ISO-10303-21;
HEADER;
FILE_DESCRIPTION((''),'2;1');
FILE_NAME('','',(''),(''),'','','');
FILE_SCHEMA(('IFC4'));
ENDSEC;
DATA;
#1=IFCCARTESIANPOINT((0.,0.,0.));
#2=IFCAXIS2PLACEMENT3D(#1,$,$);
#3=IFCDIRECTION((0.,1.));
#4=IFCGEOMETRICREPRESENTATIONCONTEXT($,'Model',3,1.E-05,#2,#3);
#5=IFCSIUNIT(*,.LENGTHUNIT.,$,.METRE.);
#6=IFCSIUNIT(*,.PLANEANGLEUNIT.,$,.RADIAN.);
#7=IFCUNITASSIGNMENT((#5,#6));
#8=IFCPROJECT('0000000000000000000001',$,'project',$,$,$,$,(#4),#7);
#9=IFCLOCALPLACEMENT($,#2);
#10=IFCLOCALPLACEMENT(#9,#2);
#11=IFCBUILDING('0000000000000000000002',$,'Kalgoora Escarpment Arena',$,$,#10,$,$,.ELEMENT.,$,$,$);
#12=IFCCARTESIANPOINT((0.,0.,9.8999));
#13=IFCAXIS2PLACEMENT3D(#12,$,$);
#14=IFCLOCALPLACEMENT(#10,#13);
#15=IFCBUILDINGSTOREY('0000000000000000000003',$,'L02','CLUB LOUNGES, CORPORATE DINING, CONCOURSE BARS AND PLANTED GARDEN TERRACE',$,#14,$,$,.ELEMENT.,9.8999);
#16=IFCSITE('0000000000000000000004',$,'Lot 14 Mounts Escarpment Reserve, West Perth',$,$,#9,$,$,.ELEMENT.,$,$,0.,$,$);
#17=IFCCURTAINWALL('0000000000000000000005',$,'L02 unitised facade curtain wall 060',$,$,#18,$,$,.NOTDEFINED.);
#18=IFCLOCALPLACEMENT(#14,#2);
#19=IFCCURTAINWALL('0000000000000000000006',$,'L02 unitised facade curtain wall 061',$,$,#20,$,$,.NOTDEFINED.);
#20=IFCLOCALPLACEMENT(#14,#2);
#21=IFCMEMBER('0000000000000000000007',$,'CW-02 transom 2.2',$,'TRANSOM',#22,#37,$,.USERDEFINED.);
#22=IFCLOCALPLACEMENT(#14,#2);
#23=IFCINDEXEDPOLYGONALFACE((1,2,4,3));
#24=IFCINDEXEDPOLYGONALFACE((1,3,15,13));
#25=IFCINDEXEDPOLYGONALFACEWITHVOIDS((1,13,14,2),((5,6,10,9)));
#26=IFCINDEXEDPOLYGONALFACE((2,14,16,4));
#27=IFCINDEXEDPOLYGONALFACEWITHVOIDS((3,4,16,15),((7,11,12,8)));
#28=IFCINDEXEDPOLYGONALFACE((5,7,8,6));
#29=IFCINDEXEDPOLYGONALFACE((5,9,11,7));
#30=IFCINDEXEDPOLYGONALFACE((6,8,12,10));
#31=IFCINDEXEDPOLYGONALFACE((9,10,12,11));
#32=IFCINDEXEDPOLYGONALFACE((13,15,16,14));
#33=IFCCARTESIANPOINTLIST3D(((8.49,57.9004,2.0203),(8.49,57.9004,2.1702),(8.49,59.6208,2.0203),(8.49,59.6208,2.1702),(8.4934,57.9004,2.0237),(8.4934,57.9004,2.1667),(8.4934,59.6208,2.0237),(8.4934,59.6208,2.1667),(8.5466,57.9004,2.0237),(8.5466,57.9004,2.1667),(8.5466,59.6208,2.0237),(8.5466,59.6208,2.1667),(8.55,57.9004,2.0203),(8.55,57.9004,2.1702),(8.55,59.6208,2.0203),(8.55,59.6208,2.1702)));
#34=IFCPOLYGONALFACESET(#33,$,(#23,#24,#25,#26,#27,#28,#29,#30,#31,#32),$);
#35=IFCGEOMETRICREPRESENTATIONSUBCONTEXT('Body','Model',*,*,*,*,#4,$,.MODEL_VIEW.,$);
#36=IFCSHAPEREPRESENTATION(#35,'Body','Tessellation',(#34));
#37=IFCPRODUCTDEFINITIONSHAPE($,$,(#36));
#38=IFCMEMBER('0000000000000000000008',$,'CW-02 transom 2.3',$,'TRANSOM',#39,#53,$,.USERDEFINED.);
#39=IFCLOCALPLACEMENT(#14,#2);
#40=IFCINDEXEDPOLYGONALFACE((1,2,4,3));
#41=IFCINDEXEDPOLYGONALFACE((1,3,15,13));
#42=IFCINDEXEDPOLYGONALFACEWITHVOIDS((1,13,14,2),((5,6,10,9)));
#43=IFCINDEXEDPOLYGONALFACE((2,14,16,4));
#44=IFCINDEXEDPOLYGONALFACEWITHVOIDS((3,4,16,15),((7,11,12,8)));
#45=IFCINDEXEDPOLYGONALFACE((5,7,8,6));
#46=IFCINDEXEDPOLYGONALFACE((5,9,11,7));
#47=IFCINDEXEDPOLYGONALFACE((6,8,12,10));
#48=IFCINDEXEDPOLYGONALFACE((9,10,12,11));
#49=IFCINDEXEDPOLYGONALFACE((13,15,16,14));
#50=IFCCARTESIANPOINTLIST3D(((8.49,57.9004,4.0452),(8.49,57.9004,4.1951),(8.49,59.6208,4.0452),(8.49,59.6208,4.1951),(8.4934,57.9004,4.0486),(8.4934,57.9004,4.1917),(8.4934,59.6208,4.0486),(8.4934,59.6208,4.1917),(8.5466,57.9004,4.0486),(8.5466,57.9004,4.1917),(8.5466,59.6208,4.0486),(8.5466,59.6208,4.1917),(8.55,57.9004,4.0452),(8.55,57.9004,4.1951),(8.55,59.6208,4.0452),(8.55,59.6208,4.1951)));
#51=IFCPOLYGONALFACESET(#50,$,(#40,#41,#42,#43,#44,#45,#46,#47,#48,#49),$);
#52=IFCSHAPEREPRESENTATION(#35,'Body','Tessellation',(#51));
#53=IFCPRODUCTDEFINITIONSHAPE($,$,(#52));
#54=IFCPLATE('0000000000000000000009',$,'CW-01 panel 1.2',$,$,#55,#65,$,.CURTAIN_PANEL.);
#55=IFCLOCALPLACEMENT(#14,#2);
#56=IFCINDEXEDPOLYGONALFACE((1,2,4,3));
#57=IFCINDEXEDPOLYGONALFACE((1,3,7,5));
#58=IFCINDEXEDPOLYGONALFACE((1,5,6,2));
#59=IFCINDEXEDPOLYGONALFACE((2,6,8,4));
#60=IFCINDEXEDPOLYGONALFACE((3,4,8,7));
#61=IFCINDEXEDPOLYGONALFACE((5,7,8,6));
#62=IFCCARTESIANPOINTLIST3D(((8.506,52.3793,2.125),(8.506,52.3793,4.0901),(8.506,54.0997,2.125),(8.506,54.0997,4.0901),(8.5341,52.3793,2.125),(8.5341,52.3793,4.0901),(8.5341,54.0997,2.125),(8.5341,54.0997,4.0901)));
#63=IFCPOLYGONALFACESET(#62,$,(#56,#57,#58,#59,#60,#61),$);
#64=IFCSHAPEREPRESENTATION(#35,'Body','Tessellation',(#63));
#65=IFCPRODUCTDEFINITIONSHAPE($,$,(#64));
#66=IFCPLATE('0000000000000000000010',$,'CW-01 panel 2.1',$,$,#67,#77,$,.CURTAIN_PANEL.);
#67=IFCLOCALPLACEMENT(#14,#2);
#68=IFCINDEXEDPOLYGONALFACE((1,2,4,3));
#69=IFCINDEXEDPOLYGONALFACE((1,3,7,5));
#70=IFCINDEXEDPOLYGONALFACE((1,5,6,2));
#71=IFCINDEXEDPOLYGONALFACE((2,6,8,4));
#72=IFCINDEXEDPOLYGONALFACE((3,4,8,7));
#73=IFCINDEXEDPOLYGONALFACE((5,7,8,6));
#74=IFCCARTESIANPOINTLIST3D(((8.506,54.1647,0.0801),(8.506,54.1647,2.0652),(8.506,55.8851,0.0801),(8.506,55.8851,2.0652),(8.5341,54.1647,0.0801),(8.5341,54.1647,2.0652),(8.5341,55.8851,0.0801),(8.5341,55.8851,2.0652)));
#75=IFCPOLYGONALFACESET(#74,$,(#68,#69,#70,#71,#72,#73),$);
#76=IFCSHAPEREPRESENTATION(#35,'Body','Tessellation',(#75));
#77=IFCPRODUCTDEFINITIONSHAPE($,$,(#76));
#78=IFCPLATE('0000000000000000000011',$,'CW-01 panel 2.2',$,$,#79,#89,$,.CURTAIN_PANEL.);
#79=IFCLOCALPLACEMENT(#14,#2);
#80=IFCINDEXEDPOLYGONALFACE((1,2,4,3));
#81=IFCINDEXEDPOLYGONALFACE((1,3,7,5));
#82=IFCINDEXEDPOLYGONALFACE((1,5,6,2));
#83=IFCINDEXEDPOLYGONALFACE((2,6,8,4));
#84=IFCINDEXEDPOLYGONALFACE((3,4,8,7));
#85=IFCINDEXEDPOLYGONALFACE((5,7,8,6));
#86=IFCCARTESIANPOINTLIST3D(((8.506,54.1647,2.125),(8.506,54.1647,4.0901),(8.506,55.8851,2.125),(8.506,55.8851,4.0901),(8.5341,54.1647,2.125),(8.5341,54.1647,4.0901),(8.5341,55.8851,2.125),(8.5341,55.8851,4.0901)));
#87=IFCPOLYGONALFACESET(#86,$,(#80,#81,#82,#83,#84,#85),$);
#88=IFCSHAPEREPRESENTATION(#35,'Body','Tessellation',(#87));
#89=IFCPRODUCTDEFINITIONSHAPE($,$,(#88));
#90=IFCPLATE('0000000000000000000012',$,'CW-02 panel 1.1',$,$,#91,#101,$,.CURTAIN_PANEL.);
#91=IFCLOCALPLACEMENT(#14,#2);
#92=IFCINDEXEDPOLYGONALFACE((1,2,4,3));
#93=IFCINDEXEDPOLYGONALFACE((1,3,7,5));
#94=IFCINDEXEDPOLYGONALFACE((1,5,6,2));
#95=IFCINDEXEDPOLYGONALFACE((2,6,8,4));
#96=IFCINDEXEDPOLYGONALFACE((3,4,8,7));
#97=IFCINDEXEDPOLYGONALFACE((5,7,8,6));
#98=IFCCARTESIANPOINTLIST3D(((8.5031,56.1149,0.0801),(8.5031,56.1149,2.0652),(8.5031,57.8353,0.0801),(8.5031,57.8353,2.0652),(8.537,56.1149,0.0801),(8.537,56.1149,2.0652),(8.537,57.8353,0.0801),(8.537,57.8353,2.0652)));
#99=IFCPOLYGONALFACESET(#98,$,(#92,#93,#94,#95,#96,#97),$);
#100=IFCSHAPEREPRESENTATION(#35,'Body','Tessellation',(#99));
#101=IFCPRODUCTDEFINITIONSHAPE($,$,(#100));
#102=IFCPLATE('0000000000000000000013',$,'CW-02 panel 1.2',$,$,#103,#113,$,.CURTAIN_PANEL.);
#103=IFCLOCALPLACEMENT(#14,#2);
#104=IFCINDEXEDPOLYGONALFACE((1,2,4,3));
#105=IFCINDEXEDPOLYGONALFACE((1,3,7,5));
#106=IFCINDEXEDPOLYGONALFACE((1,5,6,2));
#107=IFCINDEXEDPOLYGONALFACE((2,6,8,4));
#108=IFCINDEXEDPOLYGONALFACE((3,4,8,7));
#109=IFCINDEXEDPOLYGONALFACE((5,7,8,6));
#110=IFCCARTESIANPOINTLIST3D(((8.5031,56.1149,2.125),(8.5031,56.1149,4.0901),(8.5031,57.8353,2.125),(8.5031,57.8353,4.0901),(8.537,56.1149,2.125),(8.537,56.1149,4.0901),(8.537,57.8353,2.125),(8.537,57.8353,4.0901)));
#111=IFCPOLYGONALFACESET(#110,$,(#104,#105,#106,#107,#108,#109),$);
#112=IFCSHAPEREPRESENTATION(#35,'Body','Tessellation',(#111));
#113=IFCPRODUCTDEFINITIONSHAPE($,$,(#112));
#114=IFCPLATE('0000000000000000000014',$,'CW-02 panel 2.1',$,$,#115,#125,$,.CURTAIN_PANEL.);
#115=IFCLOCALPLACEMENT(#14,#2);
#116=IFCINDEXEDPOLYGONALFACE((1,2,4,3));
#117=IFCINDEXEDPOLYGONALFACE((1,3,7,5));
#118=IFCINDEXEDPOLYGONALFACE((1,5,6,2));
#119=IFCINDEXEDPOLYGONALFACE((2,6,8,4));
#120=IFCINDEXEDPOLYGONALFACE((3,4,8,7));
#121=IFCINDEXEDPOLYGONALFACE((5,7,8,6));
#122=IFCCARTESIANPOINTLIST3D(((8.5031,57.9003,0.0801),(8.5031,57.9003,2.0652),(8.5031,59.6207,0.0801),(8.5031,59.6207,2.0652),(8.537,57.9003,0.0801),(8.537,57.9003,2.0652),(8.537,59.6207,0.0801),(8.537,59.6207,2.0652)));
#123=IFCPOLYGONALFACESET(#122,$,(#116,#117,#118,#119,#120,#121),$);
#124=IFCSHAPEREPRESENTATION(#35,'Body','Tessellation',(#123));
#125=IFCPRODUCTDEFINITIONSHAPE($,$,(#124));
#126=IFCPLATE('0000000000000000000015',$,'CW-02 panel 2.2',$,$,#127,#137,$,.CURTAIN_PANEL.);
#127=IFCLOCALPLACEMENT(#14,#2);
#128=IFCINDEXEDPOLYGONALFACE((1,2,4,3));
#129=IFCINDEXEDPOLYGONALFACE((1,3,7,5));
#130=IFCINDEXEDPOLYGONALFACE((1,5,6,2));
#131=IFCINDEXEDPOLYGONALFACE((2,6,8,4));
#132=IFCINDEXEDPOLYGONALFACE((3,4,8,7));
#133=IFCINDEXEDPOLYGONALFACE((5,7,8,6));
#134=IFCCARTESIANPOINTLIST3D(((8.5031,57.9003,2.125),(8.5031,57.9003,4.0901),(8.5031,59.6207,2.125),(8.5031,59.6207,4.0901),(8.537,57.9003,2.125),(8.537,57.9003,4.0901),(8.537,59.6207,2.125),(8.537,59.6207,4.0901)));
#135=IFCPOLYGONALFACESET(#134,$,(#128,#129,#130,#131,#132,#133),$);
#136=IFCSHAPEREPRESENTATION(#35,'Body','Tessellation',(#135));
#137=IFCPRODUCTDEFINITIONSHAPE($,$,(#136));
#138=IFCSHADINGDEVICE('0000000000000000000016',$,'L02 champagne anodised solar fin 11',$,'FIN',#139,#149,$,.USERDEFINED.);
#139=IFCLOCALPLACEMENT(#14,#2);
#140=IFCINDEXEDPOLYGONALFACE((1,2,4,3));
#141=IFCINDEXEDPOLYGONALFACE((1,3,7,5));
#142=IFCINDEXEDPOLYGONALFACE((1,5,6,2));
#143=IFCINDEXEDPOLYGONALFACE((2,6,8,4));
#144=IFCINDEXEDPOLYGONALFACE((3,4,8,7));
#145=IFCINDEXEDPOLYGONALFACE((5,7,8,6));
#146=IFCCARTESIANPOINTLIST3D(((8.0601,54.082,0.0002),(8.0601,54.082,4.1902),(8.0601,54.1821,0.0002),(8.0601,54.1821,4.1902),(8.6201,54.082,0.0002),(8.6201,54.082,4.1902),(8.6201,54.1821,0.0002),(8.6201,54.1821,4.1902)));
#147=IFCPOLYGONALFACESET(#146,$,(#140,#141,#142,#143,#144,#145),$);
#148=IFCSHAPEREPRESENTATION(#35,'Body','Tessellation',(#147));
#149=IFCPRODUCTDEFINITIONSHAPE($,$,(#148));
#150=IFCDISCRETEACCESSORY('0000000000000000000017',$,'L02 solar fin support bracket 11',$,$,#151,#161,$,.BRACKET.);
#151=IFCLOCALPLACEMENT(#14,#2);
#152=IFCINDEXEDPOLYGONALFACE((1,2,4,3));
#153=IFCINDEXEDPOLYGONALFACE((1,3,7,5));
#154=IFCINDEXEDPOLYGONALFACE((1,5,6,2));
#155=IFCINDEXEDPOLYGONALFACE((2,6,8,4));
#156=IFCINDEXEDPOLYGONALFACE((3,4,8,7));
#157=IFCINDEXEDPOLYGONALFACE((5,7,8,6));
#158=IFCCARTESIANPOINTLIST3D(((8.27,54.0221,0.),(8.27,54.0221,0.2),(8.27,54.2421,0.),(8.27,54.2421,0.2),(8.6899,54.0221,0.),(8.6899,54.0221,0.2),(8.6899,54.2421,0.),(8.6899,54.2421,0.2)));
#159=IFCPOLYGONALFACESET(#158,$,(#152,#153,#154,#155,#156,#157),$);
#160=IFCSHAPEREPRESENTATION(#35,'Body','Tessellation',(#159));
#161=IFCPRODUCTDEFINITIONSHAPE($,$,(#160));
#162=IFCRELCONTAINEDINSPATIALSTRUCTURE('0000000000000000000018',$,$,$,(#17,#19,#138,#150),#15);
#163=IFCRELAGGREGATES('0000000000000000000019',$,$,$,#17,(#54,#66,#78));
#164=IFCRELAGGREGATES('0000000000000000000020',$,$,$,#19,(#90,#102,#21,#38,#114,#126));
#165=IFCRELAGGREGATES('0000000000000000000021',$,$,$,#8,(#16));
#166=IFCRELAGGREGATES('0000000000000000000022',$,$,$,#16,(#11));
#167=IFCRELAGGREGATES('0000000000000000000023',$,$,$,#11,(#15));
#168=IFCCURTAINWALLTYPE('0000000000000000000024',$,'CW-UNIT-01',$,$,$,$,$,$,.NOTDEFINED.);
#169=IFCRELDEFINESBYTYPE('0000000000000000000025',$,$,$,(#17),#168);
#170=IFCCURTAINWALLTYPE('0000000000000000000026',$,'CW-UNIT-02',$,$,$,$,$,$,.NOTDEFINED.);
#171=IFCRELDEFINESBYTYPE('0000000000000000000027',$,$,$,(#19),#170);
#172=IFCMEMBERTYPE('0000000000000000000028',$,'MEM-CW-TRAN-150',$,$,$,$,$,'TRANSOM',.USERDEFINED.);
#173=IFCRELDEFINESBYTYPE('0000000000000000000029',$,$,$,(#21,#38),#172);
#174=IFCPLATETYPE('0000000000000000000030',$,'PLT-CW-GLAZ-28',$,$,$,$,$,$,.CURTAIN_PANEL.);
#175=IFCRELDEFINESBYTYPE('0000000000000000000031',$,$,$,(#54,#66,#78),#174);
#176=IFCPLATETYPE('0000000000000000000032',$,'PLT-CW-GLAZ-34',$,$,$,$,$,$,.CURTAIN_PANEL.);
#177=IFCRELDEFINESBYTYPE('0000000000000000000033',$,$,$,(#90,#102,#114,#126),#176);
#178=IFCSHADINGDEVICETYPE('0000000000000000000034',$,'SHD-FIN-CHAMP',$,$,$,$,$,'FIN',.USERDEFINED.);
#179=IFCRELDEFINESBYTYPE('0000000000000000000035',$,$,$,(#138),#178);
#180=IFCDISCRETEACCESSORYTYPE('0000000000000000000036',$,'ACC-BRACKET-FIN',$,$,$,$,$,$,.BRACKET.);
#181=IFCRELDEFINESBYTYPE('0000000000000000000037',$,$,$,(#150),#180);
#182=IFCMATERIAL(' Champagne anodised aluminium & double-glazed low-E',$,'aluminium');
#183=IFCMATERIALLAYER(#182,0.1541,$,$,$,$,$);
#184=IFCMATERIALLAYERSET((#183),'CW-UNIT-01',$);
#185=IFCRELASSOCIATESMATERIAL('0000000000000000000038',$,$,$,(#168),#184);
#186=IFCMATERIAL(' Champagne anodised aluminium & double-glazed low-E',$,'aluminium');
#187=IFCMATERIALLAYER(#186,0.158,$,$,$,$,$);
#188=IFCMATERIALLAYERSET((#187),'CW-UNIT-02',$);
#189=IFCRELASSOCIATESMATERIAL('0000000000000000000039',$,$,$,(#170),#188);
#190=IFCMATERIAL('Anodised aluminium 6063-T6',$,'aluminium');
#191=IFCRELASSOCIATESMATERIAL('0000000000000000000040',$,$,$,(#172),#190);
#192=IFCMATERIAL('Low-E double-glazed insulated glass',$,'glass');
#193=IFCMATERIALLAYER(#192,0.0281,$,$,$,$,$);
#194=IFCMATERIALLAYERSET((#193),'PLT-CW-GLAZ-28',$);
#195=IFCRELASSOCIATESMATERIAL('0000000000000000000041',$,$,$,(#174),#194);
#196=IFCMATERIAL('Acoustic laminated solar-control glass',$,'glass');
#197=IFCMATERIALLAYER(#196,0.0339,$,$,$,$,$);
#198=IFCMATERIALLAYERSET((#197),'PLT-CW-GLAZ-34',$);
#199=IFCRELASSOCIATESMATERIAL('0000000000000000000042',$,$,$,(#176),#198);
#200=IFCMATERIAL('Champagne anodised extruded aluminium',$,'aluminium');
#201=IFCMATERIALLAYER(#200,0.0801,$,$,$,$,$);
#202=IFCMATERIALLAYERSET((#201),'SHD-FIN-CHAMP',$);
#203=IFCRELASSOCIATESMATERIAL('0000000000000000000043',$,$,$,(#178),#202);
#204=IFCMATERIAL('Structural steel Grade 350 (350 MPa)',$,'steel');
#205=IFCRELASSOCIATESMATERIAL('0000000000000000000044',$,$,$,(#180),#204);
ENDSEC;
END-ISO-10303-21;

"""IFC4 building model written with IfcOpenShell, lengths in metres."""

from ifc_helpers import new_model, si_unit, direction, frame, origin, origin_2d, place, context, subcontext, project, spatial, rectangle, hollow_rectangle, extrude, material, layer, layer_set, material_profile, profile_set, type_object, element, aggregate, save


model = new_model("IFC4")

# Units and contexts
model_context = context("Model", 3, precision=1e-05, world=origin(), true_north=direction((0.0, 1.0)))
body_context = subcontext(model_context, "Body", "Model", "MODEL_VIEW")
ifc_project = project(units=[si_unit("LENGTHUNIT", "METRE"), si_unit("PLANEANGLEUNIT", "RADIAN")], contexts=[model_context])

# Site, building, storey
site_placement = place(None, origin())
site = spatial("IfcSite", under=ifc_project, at=site_placement, Name="Lot 14 Mounts Escarpment Reserve, West Perth", CompositionType="ELEMENT", RefElevation=0.0)
building_placement = place(site_placement, origin())
building = spatial("IfcBuilding", under=site, at=building_placement, Name="Kalgoora Escarpment Arena", CompositionType="ELEMENT")
storey_placement = place(building_placement, frame((0.0, 0.0, 9.8999)))
storey = spatial("IfcBuildingStorey", under=building, at=storey_placement, Name="L02", Description="CLUB LOUNGES, CORPORATE DINING, CONCOURSE BARS AND PLANTED GARDEN TERRACE", CompositionType="ELEMENT", Elevation=9.8999)

# Curtain walls
ifc_material_1 = material(Name=" Champagne anodised aluminium & double-glazed low-E", Category="aluminium")
ifc_layer_1 = layer(ifc_material_1, 0.1541)
ifc_layer_set_1 = layer_set([ifc_layer_1], Name="CW-UNIT-01")
curtain_wall_type_1 = type_object("IfcCurtainWallType", Name="CW-UNIT-01", PredefinedType="NOTDEFINED", material=ifc_layer_set_1)
curtain_wall_1_placement = place(storey_placement, origin())
curtain_wall_1 = element("IfcCurtainWall", 1, at=curtain_wall_1_placement, inside=storey, type_object=curtain_wall_type_1, Name="L02 unitised facade curtain wall 060", PredefinedType="NOTDEFINED")
ifc_material_2 = material(Name=" Champagne anodised aluminium & double-glazed low-E", Category="aluminium")
ifc_layer_2 = layer(ifc_material_2, 0.158)
ifc_layer_set_2 = layer_set([ifc_layer_2], Name="CW-UNIT-02")
curtain_wall_type_2 = type_object("IfcCurtainWallType", Name="CW-UNIT-02", PredefinedType="NOTDEFINED", material=ifc_layer_set_2)
curtain_wall_2_placement = place(storey_placement, origin())
curtain_wall_2 = element("IfcCurtainWall", 2, at=curtain_wall_2_placement, inside=storey, type_object=curtain_wall_type_2, Name="L02 unitised facade curtain wall 061", PredefinedType="NOTDEFINED")

# Members
ifc_material_3 = material(Name="Anodised aluminium 6063-T6", Category="aluminium")
ifc_material_profile_1 = material_profile(ifc_material_3, hollow_rectangle(XDim=0.0601, YDim=0.1499, WallThickness=0.0034, at=origin_2d()))
ifc_profile_set_1 = profile_set([ifc_material_profile_1], Name="Anodised aluminium 6063-T6")
member_type_1 = type_object("IfcMemberType", Name="MEM-CW-TRAN-150", ElementType="TRANSOM", PredefinedType="USERDEFINED", material=ifc_profile_set_1)
member_1_placement = place(storey_placement, frame((8.52, 57.9004, 2.0952), z_axis=(0.0, 1.0, 0.0), x_axis=(-1.0, 0.0, 0.0)))
member_1 = element("IfcMember", 3, at=member_1_placement, type_object=member_type_1, Name="CW-02 transom 2.2", ObjectType="TRANSOM", PredefinedType="USERDEFINED", context=body_context, shape_type="SweptSolid", body=[
    extrude(hollow_rectangle(XDim=0.0601, YDim=0.1499, WallThickness=0.0034, at=origin_2d()), origin(), (0.0, 0.0, 1.0), 1.7205),
])
member_2_placement = place(storey_placement, frame((8.52, 57.9004, 4.1201), z_axis=(0.0, 1.0, 0.0), x_axis=(-1.0, 0.0, 0.0)))
member_2 = element("IfcMember", 4, at=member_2_placement, type_object=member_type_1, Name="CW-02 transom 2.3", ObjectType="TRANSOM", PredefinedType="USERDEFINED", context=body_context, shape_type="SweptSolid", body=[
    extrude(hollow_rectangle(XDim=0.0601, YDim=0.1499, WallThickness=0.0034, at=origin_2d()), origin(), (0.0, 0.0, 1.0), 1.7205),
])

# Plates
ifc_material_4 = material(Name="Low-E double-glazed insulated glass", Category="glass")
ifc_layer_3 = layer(ifc_material_4, 0.0281)
ifc_layer_set_3 = layer_set([ifc_layer_3], Name="PLT-CW-GLAZ-28")
plate_type_1 = type_object("IfcPlateType", Name="PLT-CW-GLAZ-28", PredefinedType="CURTAIN_PANEL", material=ifc_layer_set_3)
plate_1_placement = place(storey_placement, frame((8.52, 53.2395, 2.125), z_axis=(0.0, 0.0, 1.0), x_axis=(0.0, 1.0, 0.0)))
plate_1 = element("IfcPlate", 5, at=plate_1_placement, type_object=plate_type_1, Name="CW-01 panel 1.2", PredefinedType="CURTAIN_PANEL", context=body_context, shape_type="SweptSolid", body=[
    extrude(rectangle(XDim=1.7205, YDim=0.0281, at=origin_2d()), origin(), (0.0, 0.0, 1.0), 1.9651),
])
plate_2_placement = place(storey_placement, frame((8.52, 55.0249, 0.0801), z_axis=(0.0, 0.0, 1.0), x_axis=(0.0, 1.0, 0.0)))
plate_2 = element("IfcPlate", 6, at=plate_2_placement, type_object=plate_type_1, Name="CW-01 panel 2.1", PredefinedType="CURTAIN_PANEL", context=body_context, shape_type="SweptSolid", body=[
    extrude(rectangle(XDim=1.7205, YDim=0.0281, at=origin_2d()), origin(), (0.0, 0.0, 1.0), 1.9851),
])
plate_3_placement = place(storey_placement, frame((8.52, 55.0249, 2.125), z_axis=(0.0, 0.0, 1.0), x_axis=(0.0, 1.0, 0.0)))
plate_3 = element("IfcPlate", 7, at=plate_3_placement, type_object=plate_type_1, Name="CW-01 panel 2.2", PredefinedType="CURTAIN_PANEL", context=body_context, shape_type="SweptSolid", body=[
    extrude(rectangle(XDim=1.7205, YDim=0.0281, at=origin_2d()), origin(), (0.0, 0.0, 1.0), 1.9651),
])
aggregate(curtain_wall_1, [plate_1, plate_2, plate_3])
ifc_material_5 = material(Name="Acoustic laminated solar-control glass", Category="glass")
ifc_layer_4 = layer(ifc_material_5, 0.0339)
ifc_layer_set_4 = layer_set([ifc_layer_4], Name="PLT-CW-GLAZ-34")
plate_type_2 = type_object("IfcPlateType", Name="PLT-CW-GLAZ-34", PredefinedType="CURTAIN_PANEL", material=ifc_layer_set_4)
plate_4_placement = place(storey_placement, frame((8.52, 56.9751, 0.0801), z_axis=(0.0, 0.0, 1.0), x_axis=(0.0, 1.0, 0.0)))
plate_4 = element("IfcPlate", 8, at=plate_4_placement, type_object=plate_type_2, Name="CW-02 panel 1.1", PredefinedType="CURTAIN_PANEL", context=body_context, shape_type="SweptSolid", body=[
    extrude(rectangle(XDim=1.7205, YDim=0.0339, at=origin_2d()), origin(), (0.0, 0.0, 1.0), 1.9851),
])
plate_5_placement = place(storey_placement, frame((8.52, 56.9751, 2.125), z_axis=(0.0, 0.0, 1.0), x_axis=(0.0, 1.0, 0.0)))
plate_5 = element("IfcPlate", 9, at=plate_5_placement, type_object=plate_type_2, Name="CW-02 panel 1.2", PredefinedType="CURTAIN_PANEL", context=body_context, shape_type="SweptSolid", body=[
    extrude(rectangle(XDim=1.7205, YDim=0.0339, at=origin_2d()), origin(), (0.0, 0.0, 1.0), 1.9651),
])
plate_6_placement = place(storey_placement, frame((8.52, 58.7605, 0.0801), z_axis=(0.0, 0.0, 1.0), x_axis=(0.0, 1.0, 0.0)))
plate_6 = element("IfcPlate", 10, at=plate_6_placement, type_object=plate_type_2, Name="CW-02 panel 2.1", PredefinedType="CURTAIN_PANEL", context=body_context, shape_type="SweptSolid", body=[
    extrude(rectangle(XDim=1.7205, YDim=0.0339, at=origin_2d()), origin(), (0.0, 0.0, 1.0), 1.9851),
])
plate_7_placement = place(storey_placement, frame((8.52, 58.7605, 2.125), z_axis=(0.0, 0.0, 1.0), x_axis=(0.0, 1.0, 0.0)))
plate_7 = element("IfcPlate", 11, at=plate_7_placement, type_object=plate_type_2, Name="CW-02 panel 2.2", PredefinedType="CURTAIN_PANEL", context=body_context, shape_type="SweptSolid", body=[
    extrude(rectangle(XDim=1.7205, YDim=0.0339, at=origin_2d()), origin(), (0.0, 0.0, 1.0), 1.9651),
])
aggregate(curtain_wall_2, [plate_4, plate_5, member_1, member_2, plate_6, plate_7])

# Shading device
ifc_material_6 = material(Name="Champagne anodised extruded aluminium", Category="aluminium")
ifc_layer_5 = layer(ifc_material_6, 0.0801)
ifc_layer_set_5 = layer_set([ifc_layer_5], Name="SHD-FIN-CHAMP")
shading_device_type = type_object("IfcShadingDeviceType", Name="SHD-FIN-CHAMP", ElementType="FIN", PredefinedType="USERDEFINED", material=ifc_layer_set_5)
shading_device_placement = place(storey_placement, frame((8.3401, 54.1321, 0.0002), z_axis=(0.0, 0.0, 1.0), x_axis=(-1.0, 0.0, 0.0)))
element("IfcShadingDevice", 12, at=shading_device_placement, inside=storey, type_object=shading_device_type, Name="L02 champagne anodised solar fin 11", ObjectType="FIN", PredefinedType="USERDEFINED", context=body_context, shape_type="SweptSolid", body=[
    extrude(rectangle(XDim=0.5601, YDim=0.1001, at=origin_2d()), origin(), (0.0, 0.0, 1.0), 4.1899),
])

# Discrete accessory
ifc_material_7 = material(Name="Structural steel Grade 350 (350 MPa)", Category="steel")
discrete_accessory_type = type_object("IfcDiscreteAccessoryType", Name="ACC-BRACKET-FIN", PredefinedType="BRACKET", material=ifc_material_7)
discrete_accessory_placement = place(storey_placement, frame((8.48, 54.1321, 0.0), z_axis=(0.0, 0.0, 1.0), x_axis=(-1.0, 0.0, 0.0)))
element("IfcDiscreteAccessory", 13, at=discrete_accessory_placement, inside=storey, type_object=discrete_accessory_type, Name="L02 solar fin support bracket 11", PredefinedType="BRACKET", context=body_context, shape_type="SweptSolid", body=[
    extrude(rectangle(XDim=0.4199, YDim=0.22, at=origin_2d()), origin(), (0.0, 0.0, 1.0), 0.2),
])

save(model, "model.ifc")
